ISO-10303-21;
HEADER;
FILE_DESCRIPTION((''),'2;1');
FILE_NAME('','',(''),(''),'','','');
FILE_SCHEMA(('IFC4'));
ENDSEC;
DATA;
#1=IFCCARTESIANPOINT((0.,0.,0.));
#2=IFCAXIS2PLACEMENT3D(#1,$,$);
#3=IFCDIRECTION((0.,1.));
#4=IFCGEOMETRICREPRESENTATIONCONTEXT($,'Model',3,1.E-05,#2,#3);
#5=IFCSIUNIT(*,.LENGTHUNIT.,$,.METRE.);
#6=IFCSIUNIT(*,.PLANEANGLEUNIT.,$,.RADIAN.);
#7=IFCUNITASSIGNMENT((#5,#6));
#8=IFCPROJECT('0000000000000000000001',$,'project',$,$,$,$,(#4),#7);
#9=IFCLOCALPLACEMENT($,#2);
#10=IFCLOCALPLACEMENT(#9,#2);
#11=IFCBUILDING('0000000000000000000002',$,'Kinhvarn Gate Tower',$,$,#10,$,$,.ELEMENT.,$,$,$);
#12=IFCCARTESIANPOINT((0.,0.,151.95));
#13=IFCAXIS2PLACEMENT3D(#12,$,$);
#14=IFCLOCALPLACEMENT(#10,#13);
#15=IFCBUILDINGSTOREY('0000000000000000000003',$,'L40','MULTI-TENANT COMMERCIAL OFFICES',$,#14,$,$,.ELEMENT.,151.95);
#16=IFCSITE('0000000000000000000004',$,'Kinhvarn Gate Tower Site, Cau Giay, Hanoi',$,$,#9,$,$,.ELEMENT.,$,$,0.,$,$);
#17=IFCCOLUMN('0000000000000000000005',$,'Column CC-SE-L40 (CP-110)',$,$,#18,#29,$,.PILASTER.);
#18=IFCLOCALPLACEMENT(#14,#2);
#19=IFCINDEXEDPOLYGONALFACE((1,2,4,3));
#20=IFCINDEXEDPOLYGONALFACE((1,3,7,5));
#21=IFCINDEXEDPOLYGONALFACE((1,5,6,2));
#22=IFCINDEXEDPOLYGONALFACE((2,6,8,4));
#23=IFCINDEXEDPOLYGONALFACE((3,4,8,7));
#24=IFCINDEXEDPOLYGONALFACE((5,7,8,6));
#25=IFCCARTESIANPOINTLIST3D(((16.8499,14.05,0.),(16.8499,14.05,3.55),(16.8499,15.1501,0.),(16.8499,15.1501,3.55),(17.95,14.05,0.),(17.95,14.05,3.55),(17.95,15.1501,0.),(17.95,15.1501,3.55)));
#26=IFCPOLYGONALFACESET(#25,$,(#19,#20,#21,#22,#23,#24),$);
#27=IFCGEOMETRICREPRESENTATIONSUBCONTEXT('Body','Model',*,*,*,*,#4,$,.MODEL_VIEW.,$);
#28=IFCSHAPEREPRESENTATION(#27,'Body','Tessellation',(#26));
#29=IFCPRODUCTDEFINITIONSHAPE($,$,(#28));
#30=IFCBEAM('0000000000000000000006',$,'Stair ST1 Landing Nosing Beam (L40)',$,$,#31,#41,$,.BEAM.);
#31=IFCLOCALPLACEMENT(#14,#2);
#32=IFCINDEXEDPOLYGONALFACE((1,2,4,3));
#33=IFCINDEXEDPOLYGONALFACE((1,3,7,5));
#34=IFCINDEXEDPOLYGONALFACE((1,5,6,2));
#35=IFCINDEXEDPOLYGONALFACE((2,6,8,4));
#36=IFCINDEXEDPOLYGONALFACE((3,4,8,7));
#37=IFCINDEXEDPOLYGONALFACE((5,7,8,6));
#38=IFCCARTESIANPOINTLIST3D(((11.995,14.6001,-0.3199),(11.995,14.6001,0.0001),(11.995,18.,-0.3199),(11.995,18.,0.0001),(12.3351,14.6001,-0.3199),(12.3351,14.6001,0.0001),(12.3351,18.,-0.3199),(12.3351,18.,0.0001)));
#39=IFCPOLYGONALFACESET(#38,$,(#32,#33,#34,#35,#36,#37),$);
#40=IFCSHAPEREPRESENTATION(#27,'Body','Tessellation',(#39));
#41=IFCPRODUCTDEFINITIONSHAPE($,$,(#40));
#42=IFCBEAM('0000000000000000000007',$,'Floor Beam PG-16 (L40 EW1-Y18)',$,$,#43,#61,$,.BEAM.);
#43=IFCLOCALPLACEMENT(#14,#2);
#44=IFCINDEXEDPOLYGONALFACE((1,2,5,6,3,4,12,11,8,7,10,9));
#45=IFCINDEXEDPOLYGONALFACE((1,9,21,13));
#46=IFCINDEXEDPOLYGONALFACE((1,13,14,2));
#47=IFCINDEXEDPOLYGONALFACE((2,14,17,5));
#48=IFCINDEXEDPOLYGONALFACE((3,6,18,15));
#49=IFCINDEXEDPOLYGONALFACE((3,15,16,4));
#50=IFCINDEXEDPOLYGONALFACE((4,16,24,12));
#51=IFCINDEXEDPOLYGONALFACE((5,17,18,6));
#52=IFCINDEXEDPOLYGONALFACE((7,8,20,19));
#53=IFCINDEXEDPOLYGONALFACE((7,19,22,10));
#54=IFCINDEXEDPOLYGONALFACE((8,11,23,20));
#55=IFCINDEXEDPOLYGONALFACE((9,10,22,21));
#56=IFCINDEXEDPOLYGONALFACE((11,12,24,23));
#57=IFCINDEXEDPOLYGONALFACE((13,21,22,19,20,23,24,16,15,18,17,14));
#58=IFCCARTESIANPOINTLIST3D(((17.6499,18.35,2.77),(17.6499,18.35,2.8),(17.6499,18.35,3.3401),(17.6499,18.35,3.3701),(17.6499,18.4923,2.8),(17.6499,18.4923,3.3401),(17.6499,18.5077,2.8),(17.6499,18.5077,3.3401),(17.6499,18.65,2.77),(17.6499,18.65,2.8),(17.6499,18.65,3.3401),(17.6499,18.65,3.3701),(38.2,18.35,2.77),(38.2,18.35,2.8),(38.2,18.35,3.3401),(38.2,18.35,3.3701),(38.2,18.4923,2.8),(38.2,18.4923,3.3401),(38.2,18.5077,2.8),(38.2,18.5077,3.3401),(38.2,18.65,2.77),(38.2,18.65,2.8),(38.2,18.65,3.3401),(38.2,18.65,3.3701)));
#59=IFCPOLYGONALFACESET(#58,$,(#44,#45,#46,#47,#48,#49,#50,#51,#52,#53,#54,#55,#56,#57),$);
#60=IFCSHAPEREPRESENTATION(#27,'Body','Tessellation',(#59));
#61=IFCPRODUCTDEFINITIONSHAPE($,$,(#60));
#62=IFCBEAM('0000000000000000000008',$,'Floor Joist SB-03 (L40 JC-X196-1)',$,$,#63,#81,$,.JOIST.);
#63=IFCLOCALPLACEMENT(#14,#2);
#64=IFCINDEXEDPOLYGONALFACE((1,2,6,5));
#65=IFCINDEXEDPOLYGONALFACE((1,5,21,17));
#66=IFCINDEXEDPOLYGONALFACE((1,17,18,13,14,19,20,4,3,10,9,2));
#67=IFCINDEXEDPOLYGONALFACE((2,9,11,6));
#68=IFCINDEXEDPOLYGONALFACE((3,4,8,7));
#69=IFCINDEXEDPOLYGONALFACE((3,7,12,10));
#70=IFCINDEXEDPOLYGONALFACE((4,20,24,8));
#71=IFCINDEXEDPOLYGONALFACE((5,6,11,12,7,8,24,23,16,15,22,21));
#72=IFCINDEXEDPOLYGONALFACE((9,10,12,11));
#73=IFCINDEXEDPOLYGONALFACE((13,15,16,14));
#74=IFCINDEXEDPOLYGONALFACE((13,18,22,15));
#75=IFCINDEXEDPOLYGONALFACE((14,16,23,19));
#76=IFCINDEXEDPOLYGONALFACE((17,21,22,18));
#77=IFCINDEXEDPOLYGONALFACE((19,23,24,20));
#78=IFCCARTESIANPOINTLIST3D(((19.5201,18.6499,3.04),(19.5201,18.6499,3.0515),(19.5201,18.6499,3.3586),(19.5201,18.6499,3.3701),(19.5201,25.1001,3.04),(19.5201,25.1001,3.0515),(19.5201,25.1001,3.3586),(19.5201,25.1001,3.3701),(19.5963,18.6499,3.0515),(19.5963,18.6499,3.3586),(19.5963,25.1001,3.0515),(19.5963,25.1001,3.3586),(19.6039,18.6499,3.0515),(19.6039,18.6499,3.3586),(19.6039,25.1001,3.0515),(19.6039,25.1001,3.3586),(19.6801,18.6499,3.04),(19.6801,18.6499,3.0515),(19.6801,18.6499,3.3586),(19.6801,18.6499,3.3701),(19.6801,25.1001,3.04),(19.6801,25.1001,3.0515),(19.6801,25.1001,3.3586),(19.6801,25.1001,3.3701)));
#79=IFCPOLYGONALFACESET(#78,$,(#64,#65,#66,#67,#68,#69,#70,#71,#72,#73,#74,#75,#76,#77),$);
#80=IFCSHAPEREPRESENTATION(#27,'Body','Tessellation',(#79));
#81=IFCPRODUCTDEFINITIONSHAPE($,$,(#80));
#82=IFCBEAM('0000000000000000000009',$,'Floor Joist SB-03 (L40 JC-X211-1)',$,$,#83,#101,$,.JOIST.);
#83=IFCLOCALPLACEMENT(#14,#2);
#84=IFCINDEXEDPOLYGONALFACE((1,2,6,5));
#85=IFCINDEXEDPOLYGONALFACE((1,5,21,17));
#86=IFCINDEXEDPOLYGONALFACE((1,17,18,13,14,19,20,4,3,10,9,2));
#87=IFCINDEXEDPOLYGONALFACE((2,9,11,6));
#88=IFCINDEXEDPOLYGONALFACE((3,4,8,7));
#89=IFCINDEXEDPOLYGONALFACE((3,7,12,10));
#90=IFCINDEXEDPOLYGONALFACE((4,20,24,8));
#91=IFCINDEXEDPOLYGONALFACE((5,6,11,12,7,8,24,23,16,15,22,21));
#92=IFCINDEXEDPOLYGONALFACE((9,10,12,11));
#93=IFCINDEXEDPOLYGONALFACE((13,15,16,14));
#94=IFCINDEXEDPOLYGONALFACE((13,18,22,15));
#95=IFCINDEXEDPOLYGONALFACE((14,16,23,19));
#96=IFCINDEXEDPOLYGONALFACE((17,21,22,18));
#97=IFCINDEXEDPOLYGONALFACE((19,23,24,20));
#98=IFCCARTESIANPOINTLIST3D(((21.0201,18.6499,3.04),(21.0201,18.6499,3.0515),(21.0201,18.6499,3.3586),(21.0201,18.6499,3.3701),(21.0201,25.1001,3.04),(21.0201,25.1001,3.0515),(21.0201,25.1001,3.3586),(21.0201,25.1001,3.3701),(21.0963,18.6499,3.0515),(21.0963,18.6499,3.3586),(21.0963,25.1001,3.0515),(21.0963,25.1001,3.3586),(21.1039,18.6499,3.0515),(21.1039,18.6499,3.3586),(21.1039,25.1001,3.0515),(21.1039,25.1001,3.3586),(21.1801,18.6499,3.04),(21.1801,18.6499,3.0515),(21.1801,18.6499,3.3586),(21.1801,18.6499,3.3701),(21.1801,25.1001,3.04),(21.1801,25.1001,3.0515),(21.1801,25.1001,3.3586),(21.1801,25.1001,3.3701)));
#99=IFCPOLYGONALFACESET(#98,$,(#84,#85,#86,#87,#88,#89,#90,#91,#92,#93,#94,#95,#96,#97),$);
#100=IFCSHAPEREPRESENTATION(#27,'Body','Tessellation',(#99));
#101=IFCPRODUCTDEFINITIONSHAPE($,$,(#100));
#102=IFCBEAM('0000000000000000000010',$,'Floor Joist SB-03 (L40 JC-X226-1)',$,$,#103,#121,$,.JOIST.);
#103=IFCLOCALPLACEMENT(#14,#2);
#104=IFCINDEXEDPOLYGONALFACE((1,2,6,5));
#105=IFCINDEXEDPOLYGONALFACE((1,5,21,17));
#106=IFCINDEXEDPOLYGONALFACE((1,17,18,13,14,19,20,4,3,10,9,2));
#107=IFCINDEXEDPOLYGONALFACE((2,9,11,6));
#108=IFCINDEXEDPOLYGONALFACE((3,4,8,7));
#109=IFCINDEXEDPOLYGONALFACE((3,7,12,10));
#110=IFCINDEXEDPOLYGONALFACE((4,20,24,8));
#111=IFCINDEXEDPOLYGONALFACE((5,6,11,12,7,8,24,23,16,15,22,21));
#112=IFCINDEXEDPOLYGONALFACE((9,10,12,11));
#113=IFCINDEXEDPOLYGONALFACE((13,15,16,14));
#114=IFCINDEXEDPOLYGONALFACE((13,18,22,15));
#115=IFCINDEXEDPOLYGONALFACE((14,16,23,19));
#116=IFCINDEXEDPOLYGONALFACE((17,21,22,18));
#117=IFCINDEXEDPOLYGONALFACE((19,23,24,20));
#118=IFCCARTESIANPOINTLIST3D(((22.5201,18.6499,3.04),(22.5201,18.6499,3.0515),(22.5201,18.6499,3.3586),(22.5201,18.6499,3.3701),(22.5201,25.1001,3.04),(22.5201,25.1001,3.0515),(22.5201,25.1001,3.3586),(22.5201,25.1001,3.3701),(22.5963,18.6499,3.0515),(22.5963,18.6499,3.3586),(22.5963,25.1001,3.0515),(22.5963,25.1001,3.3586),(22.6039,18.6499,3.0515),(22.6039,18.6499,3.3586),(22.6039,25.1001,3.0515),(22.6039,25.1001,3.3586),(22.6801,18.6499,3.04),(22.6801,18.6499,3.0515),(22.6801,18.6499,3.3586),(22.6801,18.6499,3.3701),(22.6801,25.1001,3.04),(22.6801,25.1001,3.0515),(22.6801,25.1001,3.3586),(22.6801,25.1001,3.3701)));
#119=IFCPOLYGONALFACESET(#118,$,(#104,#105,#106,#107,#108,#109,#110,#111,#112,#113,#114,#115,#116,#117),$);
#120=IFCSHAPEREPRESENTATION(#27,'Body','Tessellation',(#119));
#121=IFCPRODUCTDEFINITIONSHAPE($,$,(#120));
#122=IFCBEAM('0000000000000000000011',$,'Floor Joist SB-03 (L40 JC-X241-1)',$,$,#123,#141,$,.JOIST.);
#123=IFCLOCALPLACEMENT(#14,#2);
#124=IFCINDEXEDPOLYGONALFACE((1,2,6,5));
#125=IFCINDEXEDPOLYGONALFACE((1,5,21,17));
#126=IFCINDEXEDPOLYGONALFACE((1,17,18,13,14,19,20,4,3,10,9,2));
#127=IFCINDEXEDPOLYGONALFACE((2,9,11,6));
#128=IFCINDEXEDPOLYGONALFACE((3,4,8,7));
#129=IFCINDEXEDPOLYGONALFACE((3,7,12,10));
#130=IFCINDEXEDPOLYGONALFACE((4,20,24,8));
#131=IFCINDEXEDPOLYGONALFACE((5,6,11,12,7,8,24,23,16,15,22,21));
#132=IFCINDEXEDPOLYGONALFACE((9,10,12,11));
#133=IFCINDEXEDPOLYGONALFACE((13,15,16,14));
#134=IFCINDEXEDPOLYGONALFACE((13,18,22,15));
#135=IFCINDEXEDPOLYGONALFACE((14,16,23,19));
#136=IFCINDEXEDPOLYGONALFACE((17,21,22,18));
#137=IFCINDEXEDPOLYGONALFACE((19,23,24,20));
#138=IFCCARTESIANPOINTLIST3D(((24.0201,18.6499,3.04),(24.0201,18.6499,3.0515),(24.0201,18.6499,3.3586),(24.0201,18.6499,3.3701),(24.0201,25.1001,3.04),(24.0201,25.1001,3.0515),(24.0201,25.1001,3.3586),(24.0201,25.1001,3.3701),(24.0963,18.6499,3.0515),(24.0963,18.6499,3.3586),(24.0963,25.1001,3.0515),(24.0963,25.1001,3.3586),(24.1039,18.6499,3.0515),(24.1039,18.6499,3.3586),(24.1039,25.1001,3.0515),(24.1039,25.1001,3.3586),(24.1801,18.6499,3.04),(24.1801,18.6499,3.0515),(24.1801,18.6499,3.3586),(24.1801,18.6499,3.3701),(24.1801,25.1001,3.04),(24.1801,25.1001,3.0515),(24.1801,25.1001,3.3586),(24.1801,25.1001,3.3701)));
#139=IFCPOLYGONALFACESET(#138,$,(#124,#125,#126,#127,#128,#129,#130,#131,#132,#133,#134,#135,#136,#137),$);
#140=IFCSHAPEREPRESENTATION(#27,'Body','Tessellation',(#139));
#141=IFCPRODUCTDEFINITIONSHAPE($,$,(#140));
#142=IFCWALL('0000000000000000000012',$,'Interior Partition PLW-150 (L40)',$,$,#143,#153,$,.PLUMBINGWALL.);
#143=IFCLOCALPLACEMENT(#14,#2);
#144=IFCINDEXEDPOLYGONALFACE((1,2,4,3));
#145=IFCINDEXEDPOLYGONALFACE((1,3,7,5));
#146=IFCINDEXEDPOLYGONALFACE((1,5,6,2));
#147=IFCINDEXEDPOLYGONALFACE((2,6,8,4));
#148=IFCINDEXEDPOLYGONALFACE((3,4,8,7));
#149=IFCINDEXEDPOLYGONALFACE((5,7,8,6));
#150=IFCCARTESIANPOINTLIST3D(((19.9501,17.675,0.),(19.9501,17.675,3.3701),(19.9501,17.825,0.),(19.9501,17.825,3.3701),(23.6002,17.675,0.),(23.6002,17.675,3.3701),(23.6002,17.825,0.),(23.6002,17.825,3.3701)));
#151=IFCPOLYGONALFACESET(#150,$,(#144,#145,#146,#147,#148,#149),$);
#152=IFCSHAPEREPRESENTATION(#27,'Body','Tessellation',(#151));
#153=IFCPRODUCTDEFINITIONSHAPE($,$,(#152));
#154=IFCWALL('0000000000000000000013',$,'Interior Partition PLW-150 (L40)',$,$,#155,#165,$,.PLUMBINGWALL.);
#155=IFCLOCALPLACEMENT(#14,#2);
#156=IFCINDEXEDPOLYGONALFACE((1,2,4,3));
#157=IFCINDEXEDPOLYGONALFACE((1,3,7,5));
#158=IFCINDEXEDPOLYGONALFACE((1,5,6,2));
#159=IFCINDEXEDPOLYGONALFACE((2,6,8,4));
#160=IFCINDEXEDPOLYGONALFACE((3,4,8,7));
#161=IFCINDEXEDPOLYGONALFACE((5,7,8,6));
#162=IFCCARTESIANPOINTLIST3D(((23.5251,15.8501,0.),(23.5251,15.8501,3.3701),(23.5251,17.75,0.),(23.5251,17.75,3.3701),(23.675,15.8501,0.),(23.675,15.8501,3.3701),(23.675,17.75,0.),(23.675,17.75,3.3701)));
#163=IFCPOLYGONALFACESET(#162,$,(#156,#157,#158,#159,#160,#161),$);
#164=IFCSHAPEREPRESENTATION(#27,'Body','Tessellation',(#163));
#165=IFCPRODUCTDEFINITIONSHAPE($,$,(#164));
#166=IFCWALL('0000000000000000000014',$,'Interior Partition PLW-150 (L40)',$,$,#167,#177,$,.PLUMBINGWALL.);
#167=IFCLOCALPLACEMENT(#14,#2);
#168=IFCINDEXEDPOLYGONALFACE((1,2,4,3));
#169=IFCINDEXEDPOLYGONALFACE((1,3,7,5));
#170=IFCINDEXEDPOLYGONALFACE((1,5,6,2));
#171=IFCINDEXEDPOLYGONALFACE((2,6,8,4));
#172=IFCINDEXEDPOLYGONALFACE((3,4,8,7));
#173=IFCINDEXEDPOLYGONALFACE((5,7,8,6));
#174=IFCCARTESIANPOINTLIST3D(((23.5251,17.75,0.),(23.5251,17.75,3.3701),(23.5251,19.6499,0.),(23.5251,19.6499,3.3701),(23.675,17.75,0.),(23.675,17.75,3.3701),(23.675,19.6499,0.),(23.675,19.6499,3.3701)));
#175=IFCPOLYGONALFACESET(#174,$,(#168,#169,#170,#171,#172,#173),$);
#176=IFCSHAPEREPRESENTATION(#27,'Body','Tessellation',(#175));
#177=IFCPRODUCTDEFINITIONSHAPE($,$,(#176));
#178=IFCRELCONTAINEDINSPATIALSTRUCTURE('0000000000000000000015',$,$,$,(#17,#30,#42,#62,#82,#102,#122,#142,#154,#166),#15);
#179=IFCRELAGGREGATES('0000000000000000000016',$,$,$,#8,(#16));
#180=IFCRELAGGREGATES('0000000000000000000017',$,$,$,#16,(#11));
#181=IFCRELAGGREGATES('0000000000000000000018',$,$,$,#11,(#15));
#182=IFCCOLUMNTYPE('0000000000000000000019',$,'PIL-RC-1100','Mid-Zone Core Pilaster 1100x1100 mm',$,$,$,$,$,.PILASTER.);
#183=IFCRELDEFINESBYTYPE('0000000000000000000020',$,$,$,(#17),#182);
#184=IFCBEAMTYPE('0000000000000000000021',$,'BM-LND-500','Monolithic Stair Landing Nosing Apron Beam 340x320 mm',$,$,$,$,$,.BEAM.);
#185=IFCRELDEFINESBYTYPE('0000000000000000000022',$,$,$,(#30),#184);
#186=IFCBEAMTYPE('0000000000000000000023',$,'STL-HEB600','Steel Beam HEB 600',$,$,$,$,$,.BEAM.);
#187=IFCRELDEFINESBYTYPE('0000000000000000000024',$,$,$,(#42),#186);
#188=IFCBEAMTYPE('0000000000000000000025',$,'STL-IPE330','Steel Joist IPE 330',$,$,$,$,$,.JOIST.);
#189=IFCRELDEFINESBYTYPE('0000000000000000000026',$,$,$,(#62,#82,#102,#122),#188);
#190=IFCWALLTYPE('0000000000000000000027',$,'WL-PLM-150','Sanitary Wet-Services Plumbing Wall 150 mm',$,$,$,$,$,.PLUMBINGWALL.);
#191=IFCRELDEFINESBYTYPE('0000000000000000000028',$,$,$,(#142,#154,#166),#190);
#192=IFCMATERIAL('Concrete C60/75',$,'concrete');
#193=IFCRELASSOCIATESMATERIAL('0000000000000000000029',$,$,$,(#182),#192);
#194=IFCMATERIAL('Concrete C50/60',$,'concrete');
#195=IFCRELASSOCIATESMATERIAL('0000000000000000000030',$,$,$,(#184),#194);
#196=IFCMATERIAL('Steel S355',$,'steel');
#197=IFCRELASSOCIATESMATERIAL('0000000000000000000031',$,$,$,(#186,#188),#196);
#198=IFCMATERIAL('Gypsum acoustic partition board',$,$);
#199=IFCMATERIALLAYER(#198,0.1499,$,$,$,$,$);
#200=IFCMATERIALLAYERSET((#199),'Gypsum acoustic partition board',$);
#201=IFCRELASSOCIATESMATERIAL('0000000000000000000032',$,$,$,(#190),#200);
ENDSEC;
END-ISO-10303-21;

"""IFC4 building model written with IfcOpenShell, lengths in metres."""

from ifc_helpers import new_model, si_unit, direction, frame, frame_2d, origin, origin_2d, place, context, subcontext, project, spatial, rectangle, i_section, extrude, material, layer, layer_set, material_profile, profile_set, type_object, element, save


model = new_model("IFC4")

# Units and contexts
model_context = context("Model", 3, precision=1e-05, world=origin(), true_north=direction((0.0, 1.0)))
body_context = subcontext(model_context, "Body", "Model", "MODEL_VIEW")
ifc_project = project(units=[si_unit("LENGTHUNIT", "METRE"), si_unit("PLANEANGLEUNIT", "RADIAN")], contexts=[model_context])

# Site, building, storey
site_placement = place(None, origin())
site = spatial("IfcSite", under=ifc_project, at=site_placement, Name="Kinhvarn Gate Tower Site, Cau Giay, Hanoi", CompositionType="ELEMENT", RefElevation=0.0)
building_placement = place(site_placement, origin())
building = spatial("IfcBuilding", under=site, at=building_placement, Name="Kinhvarn Gate Tower", CompositionType="ELEMENT")
storey_placement = place(building_placement, frame((0.0, 0.0, 151.95)))
storey = spatial("IfcBuildingStorey", under=building, at=storey_placement, Name="L40", Description="MULTI-TENANT COMMERCIAL OFFICES", CompositionType="ELEMENT", Elevation=151.95)

# Column
ifc_material_1 = material(Name="Concrete C60/75", Category="concrete")
ifc_material_profile_1 = material_profile(ifc_material_1, rectangle(XDim=1.1001, YDim=1.1001, at=origin_2d()), Name="RC 1100x1100")
ifc_profile_set_1 = profile_set([ifc_material_profile_1], Name="Concrete C60/75")
column_type = type_object("IfcColumnType", Name="PIL-RC-1100", Description="Mid-Zone Core Pilaster 1100x1100 mm", PredefinedType="PILASTER", material=ifc_profile_set_1)
column_placement = place(storey_placement, frame((17.3999, 14.6001, 0.0), z_axis=(0.0, 0.0, 1.0), x_axis=(1.0, 0.0, 0.0)))
element("IfcColumn", 1, at=column_placement, inside=storey, type_object=column_type, Name="Column CC-SE-L40 (CP-110)", PredefinedType="PILASTER", context=body_context, shape_type="SweptSolid", body=[
    extrude(rectangle(XDim=1.1001, YDim=1.1001, at=origin_2d()), origin(), (0.0, 0.0, 1.0), 3.55),
])

# Beams
ifc_material_2 = material(Name="Concrete C50/60", Category="concrete")
ifc_material_profile_2 = material_profile(ifc_material_2, rectangle(XDim=0.3401, YDim=0.3201, at=origin_2d()), Name="RC 340x320")
ifc_profile_set_2 = profile_set([ifc_material_profile_2], Name="Concrete C50/60")
beam_type_1 = type_object("IfcBeamType", Name="BM-LND-500", Description="Monolithic Stair Landing Nosing Apron Beam 340x320 mm", PredefinedType="BEAM", material=ifc_profile_set_2)
beam_1_placement = place(storey_placement, frame((12.165, 14.6001, -0.1599), z_axis=(0.0, 1.0, 0.0), x_axis=(-1.0, 0.0, 0.0)))
element("IfcBeam", 2, at=beam_1_placement, inside=storey, type_object=beam_type_1, Name="Stair ST1 Landing Nosing Beam (L40)", PredefinedType="BEAM", context=body_context, shape_type="SweptSolid", body=[
    extrude(rectangle(XDim=0.3401, YDim=0.3201, at=origin_2d()), origin(), (0.0, 0.0, 1.0), 3.3999),
])
ifc_material_3 = material(Name="Steel S355", Category="steel")
ifc_material_profile_3 = material_profile(ifc_material_3, i_section(OverallWidth=0.3, OverallDepth=0.6001, WebThickness=0.0154, FlangeThickness=0.03, at=origin_2d()), Name="HEB 600")
ifc_profile_set_3 = profile_set([ifc_material_profile_3], Name="Steel S355")
beam_type_2 = type_object("IfcBeamType", Name="STL-HEB600", Description="Steel Beam HEB 600", PredefinedType="BEAM", material=ifc_profile_set_3)
beam_2_placement = place(storey_placement, frame((17.6499, 18.5, 3.0701), z_axis=(1.0, 0.0, 0.0), x_axis=(0.0, 1.0, 0.0)))
element("IfcBeam", 3, at=beam_2_placement, inside=storey, type_object=beam_type_2, Name="Floor Beam PG-16 (L40 EW1-Y18)", PredefinedType="BEAM", context=body_context, shape_type="SweptSolid", body=[
    extrude(i_section(OverallWidth=0.3, OverallDepth=0.6001, WebThickness=0.0154, FlangeThickness=0.03, at=origin_2d()), origin(), (0.0, 0.0, 1.0), 20.55),
])
ifc_material_profile_4 = material_profile(ifc_material_3, i_section(OverallWidth=0.1599, OverallDepth=0.3301, WebThickness=0.0076, FlangeThickness=0.0115, at=origin_2d()), Name="IPE 330")
ifc_profile_set_4 = profile_set([ifc_material_profile_4], Name="Steel S355")
beam_type_3 = type_object("IfcBeamType", Name="STL-IPE330", Description="Steel Joist IPE 330", PredefinedType="JOIST", material=ifc_profile_set_4)
for number, where, z_axis, x_axis, name in (
    (4, (19.6001, 18.6499, 3.2051), (0.0, 1.0, 0.0), (-1.0, 0.0, 0.0), "Floor Joist SB-03 (L40 JC-X196-1)"),
    (5, (21.1001, 18.6499, 3.2051), (0.0, 1.0, 0.0), (-1.0, 0.0, 0.0), "Floor Joist SB-03 (L40 JC-X211-1)"),
    (6, (22.6001, 18.6499, 3.2051), (0.0, 1.0, 0.0), (-1.0, 0.0, 0.0), "Floor Joist SB-03 (L40 JC-X226-1)"),
    (7, (24.1001, 18.6499, 3.2051), (0.0, 1.0, 0.0), (-1.0, 0.0, 0.0), "Floor Joist SB-03 (L40 JC-X241-1)"),
):
    element("IfcBeam", number, at=place(storey_placement, frame(where, z_axis=z_axis, x_axis=x_axis)), inside=storey, type_object=beam_type_3, Name=name, PredefinedType="JOIST", context=body_context, shape_type="SweptSolid", body=[
        extrude(i_section(OverallWidth=0.1599, OverallDepth=0.3301, WebThickness=0.0076, FlangeThickness=0.0115, at=origin_2d()), origin(), (0.0, 0.0, 1.0), 6.4502),
    ])

# Walls
ifc_material_4 = material(Name="Gypsum acoustic partition board")
ifc_layer_1 = layer(ifc_material_4, 0.1499)
ifc_layer_set_1 = layer_set([ifc_layer_1], Name="Gypsum acoustic partition board")
wall_type_1 = type_object("IfcWallType", Name="WL-PLM-150", Description="Sanitary Wet-Services Plumbing Wall 150 mm", PredefinedType="PLUMBINGWALL", material=ifc_layer_set_1)
wall_1_placement = place(storey_placement, frame((19.95, 17.75, 0.0), z_axis=(0.0, 0.0, 1.0), x_axis=(1.0, 0.0, 0.0)))
element("IfcWall", 8, at=wall_1_placement, inside=storey, type_object=wall_type_1, Name="Interior Partition PLW-150 (L40)", PredefinedType="PLUMBINGWALL", context=body_context, shape_type="SweptSolid", body=[
    extrude(rectangle(XDim=3.6501, YDim=0.1499, at=frame_2d((1.8252, 0.0))), origin(), (0.0, 0.0, 1.0), 3.3701),
])
for number, where, z_axis, x_axis, name in (
    (9, (23.6001, 15.8501, 0.0), (0.0, 0.0, 1.0), (0.0, 1.0, 0.0), "Interior Partition PLW-150 (L40)"),
    (10, (23.6001, 17.75, 0.0), (0.0, 0.0, 1.0), (0.0, 1.0, 0.0), "Interior Partition PLW-150 (L40)"),
):
    element("IfcWall", number, at=place(storey_placement, frame(where, z_axis=z_axis, x_axis=x_axis)), inside=storey, type_object=wall_type_1, Name=name, PredefinedType="PLUMBINGWALL", context=body_context, shape_type="SweptSolid", body=[
        extrude(rectangle(XDim=1.8999, YDim=0.1499, at=frame_2d((0.95, 0.0))), origin(), (0.0, 0.0, 1.0), 3.3701),
    ])

save(model, "model.ifc")
